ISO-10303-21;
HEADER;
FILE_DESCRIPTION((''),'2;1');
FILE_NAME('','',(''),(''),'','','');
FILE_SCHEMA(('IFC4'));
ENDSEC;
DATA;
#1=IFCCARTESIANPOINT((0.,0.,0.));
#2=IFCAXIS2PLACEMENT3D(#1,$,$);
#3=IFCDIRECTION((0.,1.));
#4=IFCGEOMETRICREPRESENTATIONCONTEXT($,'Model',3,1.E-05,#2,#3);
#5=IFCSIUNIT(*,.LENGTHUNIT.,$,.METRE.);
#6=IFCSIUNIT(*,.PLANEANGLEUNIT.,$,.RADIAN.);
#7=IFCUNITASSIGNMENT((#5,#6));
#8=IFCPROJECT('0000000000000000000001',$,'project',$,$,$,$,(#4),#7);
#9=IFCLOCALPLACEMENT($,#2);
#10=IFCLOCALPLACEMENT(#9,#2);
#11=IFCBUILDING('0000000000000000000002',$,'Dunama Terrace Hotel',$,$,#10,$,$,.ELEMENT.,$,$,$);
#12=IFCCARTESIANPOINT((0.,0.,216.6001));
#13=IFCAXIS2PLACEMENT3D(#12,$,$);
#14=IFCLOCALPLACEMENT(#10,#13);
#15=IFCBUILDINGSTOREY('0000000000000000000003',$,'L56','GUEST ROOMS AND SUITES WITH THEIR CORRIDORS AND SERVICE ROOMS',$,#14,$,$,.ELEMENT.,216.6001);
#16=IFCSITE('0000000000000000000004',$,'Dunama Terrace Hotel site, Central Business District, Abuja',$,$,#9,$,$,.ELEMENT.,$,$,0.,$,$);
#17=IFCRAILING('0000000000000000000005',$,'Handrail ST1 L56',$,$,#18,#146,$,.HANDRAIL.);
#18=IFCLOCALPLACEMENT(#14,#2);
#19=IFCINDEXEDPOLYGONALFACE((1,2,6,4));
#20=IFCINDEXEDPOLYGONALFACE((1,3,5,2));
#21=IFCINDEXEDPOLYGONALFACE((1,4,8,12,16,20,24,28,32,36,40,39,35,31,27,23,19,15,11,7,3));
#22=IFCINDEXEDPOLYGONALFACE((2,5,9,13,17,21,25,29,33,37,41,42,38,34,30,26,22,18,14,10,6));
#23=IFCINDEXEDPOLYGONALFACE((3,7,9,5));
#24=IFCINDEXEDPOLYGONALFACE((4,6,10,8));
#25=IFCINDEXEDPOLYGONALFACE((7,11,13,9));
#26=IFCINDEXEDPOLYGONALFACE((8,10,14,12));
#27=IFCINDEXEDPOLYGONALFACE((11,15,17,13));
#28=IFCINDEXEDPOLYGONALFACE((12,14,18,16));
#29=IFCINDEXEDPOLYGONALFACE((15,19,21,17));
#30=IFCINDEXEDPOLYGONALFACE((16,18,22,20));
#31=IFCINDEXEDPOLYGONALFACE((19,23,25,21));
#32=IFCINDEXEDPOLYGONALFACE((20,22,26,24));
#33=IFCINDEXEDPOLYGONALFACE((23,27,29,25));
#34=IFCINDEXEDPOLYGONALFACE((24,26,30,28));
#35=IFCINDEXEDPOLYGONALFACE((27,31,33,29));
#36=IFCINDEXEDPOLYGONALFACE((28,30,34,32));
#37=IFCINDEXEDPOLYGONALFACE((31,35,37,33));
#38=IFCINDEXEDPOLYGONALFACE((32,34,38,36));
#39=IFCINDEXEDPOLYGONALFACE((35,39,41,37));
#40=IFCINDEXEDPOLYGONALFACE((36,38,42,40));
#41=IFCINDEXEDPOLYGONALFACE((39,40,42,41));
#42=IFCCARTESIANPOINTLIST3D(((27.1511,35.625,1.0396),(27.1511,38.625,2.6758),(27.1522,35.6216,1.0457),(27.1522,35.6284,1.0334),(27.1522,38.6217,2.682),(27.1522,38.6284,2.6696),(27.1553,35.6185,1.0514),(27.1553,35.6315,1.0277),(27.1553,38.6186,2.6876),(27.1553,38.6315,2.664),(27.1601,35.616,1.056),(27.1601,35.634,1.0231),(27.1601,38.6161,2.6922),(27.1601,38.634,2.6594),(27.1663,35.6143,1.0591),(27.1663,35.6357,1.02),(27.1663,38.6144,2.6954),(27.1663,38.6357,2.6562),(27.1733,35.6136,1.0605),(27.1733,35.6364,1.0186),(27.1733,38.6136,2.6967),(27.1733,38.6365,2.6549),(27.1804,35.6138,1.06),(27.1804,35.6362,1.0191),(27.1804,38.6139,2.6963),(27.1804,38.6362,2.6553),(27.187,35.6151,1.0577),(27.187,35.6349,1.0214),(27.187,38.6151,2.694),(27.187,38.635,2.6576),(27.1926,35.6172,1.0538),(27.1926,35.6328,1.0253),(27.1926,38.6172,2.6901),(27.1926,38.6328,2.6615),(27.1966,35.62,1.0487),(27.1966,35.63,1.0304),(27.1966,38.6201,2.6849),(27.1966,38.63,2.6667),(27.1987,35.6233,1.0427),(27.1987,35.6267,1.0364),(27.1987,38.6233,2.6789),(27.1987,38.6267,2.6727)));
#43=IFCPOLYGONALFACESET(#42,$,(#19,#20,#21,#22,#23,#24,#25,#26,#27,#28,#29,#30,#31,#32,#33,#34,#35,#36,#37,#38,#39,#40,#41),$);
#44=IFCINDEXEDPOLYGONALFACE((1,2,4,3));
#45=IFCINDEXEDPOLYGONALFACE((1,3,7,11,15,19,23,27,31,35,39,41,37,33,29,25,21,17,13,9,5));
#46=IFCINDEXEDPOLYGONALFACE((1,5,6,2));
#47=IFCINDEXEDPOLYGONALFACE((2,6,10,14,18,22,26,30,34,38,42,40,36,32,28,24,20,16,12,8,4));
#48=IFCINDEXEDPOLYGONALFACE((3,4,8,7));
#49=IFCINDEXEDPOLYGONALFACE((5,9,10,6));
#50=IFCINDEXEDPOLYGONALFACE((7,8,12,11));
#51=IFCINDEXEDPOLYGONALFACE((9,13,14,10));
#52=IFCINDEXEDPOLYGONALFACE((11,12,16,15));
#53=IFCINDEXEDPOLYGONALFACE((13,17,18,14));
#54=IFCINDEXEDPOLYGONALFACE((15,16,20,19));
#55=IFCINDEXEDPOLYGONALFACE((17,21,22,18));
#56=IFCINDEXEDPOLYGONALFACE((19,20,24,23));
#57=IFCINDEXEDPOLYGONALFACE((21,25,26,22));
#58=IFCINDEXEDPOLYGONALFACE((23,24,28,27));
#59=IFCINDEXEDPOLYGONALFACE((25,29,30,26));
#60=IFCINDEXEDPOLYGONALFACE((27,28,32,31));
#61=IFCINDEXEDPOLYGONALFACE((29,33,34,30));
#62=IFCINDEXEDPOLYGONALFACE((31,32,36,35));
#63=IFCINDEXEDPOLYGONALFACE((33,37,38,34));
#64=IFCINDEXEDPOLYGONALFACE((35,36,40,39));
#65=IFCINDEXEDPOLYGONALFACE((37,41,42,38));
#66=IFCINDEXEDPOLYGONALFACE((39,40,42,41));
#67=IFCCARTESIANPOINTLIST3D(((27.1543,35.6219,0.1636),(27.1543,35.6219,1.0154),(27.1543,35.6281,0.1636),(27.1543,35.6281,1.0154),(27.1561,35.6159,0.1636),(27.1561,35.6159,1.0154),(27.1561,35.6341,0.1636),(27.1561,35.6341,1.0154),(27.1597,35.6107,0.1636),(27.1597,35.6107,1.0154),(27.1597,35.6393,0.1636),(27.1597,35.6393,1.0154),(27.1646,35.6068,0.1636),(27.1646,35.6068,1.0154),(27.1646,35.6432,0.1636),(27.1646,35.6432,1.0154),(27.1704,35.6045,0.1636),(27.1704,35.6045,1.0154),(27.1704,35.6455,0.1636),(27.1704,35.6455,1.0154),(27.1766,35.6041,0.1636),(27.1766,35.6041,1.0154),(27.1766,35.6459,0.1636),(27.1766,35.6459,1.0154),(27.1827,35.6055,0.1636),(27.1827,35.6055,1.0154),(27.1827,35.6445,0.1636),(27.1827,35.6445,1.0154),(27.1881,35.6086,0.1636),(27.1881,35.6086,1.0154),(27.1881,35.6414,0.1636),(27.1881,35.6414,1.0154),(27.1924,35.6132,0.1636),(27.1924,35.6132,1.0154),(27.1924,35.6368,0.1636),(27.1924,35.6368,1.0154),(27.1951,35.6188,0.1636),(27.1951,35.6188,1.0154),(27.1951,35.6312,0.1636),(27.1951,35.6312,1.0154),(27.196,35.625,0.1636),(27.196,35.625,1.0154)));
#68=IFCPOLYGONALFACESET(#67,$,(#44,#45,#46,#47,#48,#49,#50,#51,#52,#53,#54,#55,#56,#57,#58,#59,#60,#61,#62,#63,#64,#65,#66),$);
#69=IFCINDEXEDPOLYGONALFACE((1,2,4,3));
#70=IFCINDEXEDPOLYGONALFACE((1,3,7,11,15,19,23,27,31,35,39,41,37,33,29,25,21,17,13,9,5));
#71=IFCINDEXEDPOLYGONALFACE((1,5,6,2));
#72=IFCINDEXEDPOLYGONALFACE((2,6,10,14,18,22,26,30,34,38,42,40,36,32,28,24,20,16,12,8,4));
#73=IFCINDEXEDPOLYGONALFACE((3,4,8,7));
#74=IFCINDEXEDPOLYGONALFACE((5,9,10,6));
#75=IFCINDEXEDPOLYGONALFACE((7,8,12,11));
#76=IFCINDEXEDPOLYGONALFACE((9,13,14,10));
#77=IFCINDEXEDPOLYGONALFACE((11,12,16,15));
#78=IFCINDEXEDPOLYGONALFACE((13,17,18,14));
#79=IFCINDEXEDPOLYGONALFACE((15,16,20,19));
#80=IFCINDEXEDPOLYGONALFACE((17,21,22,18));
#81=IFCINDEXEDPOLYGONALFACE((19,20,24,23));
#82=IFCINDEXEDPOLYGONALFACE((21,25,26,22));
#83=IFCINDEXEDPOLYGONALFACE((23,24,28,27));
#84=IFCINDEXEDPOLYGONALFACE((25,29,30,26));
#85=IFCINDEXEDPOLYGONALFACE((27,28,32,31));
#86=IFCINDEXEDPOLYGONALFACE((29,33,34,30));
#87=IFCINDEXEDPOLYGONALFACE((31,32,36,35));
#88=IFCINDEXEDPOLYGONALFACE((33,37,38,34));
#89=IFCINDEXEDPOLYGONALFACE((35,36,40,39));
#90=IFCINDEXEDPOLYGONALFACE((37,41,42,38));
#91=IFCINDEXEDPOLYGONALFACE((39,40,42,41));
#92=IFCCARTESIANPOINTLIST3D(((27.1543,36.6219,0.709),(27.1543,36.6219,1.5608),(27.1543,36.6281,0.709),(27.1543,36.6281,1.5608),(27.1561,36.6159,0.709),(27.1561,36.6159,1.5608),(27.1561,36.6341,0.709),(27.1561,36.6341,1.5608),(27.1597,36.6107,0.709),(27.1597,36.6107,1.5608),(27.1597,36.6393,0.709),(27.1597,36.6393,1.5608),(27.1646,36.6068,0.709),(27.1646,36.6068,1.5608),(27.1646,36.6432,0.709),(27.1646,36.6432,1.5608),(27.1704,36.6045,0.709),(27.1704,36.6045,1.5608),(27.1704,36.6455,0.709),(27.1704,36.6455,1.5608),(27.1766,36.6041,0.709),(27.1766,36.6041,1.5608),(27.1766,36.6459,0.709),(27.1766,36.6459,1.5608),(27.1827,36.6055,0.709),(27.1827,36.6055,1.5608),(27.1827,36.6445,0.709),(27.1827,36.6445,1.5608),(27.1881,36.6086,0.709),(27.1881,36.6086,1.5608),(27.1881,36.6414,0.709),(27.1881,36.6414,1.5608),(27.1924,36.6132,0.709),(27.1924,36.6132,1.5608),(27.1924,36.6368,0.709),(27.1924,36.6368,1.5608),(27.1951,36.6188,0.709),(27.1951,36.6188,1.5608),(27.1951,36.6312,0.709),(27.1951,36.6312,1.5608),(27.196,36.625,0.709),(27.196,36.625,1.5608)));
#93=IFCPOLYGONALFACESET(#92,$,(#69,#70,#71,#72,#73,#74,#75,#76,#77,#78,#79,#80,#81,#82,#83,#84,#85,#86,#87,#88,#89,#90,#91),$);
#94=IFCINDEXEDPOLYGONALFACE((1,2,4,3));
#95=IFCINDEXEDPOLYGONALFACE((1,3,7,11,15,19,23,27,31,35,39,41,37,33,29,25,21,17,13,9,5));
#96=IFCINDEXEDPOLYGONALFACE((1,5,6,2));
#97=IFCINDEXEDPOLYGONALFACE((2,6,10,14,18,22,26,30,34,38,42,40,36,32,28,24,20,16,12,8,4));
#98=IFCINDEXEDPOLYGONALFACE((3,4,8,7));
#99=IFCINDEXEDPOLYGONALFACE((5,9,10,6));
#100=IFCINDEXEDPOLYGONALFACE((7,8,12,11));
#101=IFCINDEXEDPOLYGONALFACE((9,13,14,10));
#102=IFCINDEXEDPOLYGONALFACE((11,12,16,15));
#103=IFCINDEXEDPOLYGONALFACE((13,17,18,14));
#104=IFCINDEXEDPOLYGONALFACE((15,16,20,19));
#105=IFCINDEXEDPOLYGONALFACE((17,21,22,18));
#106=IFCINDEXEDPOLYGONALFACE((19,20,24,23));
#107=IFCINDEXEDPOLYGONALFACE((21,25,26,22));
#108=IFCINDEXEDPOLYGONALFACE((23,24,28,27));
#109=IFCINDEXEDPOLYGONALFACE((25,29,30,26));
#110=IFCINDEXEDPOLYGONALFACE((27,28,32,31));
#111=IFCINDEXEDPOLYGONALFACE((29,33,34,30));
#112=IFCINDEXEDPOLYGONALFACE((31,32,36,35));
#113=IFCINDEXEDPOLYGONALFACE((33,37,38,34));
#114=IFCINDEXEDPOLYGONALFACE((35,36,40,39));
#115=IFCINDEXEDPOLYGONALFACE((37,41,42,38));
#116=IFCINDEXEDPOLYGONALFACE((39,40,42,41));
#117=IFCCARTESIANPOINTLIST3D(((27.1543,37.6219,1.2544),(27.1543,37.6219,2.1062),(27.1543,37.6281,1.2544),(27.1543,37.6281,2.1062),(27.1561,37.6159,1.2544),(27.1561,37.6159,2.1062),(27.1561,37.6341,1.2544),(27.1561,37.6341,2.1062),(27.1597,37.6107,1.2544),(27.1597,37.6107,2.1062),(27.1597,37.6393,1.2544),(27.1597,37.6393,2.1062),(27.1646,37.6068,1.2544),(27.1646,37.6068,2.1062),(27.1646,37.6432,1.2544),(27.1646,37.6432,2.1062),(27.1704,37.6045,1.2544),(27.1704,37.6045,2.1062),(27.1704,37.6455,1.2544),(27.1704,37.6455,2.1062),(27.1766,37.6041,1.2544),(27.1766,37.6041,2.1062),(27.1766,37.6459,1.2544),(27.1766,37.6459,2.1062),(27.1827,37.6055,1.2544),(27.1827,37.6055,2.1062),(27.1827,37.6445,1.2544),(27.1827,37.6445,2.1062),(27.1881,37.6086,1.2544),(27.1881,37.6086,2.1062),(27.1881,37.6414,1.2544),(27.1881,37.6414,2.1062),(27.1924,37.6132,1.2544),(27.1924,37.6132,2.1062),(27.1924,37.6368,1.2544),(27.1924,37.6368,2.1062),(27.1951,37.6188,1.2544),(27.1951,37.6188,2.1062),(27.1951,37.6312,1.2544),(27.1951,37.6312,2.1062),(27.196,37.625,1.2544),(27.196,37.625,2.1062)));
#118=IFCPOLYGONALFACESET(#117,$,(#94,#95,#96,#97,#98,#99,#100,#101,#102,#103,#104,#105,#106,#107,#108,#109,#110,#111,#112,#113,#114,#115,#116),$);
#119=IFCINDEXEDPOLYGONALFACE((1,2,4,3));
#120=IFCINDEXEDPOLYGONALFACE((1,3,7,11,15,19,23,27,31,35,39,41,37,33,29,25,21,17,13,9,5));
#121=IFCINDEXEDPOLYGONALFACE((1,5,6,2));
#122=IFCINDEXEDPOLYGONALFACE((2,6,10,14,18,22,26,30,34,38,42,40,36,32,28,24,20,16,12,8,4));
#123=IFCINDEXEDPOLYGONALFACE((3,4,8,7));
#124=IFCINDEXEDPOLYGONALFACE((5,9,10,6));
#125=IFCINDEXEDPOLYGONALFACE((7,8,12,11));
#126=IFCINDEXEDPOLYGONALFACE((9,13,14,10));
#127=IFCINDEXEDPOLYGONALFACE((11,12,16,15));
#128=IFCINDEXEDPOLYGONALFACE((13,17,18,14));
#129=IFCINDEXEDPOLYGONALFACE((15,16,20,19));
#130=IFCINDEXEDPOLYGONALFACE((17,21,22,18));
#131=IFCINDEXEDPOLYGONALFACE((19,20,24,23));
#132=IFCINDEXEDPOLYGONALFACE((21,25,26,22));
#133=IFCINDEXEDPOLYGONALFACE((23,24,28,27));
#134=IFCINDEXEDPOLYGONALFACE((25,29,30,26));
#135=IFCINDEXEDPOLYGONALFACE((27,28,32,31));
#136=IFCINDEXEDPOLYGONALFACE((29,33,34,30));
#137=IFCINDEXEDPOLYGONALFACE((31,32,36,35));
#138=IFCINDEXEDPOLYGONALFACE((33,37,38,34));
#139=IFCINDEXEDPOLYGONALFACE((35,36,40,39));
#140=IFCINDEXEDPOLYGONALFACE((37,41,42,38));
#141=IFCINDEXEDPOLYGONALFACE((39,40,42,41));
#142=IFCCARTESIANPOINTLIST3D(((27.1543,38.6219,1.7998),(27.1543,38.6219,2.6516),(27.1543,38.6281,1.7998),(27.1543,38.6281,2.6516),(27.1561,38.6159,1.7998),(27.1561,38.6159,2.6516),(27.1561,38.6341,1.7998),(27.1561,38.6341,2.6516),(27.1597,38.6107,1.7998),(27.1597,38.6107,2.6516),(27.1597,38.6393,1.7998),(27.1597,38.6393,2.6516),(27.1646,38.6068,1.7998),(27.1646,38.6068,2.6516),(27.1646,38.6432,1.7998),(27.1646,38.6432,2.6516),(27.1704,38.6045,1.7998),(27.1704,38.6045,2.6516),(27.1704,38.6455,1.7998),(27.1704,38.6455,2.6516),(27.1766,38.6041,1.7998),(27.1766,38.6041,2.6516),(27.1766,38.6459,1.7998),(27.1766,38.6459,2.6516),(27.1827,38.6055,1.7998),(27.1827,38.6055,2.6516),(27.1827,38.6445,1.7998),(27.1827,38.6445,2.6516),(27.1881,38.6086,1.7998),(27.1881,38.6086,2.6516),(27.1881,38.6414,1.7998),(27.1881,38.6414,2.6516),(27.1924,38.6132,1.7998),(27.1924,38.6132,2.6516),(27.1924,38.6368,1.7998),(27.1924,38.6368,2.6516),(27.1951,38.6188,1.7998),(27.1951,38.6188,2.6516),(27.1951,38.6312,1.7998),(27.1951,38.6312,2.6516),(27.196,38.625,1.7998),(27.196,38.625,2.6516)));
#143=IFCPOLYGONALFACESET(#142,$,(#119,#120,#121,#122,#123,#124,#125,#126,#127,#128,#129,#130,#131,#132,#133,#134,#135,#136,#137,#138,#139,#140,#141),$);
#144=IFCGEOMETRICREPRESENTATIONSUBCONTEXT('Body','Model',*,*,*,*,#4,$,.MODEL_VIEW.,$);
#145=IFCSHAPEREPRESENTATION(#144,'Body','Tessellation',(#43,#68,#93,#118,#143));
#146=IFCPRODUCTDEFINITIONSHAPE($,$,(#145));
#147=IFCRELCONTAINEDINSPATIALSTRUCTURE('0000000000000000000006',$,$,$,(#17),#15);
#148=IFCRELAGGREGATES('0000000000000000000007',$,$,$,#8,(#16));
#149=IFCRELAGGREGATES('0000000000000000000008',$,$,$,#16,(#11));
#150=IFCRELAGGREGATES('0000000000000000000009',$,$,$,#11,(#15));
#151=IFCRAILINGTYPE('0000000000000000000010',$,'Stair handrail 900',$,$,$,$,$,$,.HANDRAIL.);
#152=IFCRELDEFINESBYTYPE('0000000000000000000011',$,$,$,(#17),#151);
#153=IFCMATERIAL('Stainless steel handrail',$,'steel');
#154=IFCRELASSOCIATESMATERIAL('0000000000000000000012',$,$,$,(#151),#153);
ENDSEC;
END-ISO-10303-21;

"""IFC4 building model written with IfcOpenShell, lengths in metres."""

from ifc_helpers import new_model, si_unit, direction, frame, origin, origin_2d, place, context, subcontext, project, spatial, circle, extrude, material, type_object, element, save


model = new_model("IFC4")

# Units and contexts
model_context = context("Model", 3, precision=1e-05, world=origin(), true_north=direction((0.0, 1.0)))
body_context = subcontext(model_context, "Body", "Model", "MODEL_VIEW")
ifc_project = project(units=[si_unit("LENGTHUNIT", "METRE"), si_unit("PLANEANGLEUNIT", "RADIAN")], contexts=[model_context])

# Site, building, storey
site_placement = place(None, origin())
site = spatial("IfcSite", under=ifc_project, at=site_placement, Name="Dunama Terrace Hotel site, Central Business District, Abuja", CompositionType="ELEMENT", RefElevation=0.0)
building_placement = place(site_placement, origin())
building = spatial("IfcBuilding", under=site, at=building_placement, Name="Dunama Terrace Hotel", CompositionType="ELEMENT")
storey_placement = place(building_placement, frame((0.0, 0.0, 216.6001)))
storey = spatial("IfcBuildingStorey", under=building, at=storey_placement, Name="L56", Description="GUEST ROOMS AND SUITES WITH THEIR CORRIDORS AND SERVICE ROOMS", CompositionType="ELEMENT", Elevation=216.6001)

# Railing
ifc_material_1 = material(Name="Stainless steel handrail", Category="steel")
railing_type = type_object("IfcRailingType", Name="Stair handrail 900", PredefinedType="HANDRAIL", material=ifc_material_1)
railing_placement = place(storey_placement, frame((27.175, 35.625, 0.1636)))
element("IfcRailing", 1, at=railing_placement, inside=storey, type_object=railing_type, Name="Handrail ST1 L56", PredefinedType="HANDRAIL", context=body_context, shape_type="SweptSolid", body=[
    extrude(circle(Radius=0.0239, at=origin_2d()), frame((0.0, 0.0, 0.876), z_axis=(0.0, 0.877912, 0.478822), x_axis=(-1.0, 0.0, 0.0)), (0.0, 0.0, 1.0), 3.4172),
    extrude(circle(Radius=0.021, at=origin_2d()), origin(), (0.0, 0.0, 1.0), 0.8518),
    extrude(circle(Radius=0.021, at=origin_2d()), frame((0.0, 1.0, 0.5454)), (0.0, 0.0, 1.0), 0.8518),
    extrude(circle(Radius=0.021, at=origin_2d()), frame((0.0, 2.0, 1.0908)), (0.0, 0.0, 1.0), 0.8518),
    extrude(circle(Radius=0.021, at=origin_2d()), frame((0.0, 3.0, 1.6362)), (0.0, 0.0, 1.0), 0.8518),
])

save(model, "model.ifc")
